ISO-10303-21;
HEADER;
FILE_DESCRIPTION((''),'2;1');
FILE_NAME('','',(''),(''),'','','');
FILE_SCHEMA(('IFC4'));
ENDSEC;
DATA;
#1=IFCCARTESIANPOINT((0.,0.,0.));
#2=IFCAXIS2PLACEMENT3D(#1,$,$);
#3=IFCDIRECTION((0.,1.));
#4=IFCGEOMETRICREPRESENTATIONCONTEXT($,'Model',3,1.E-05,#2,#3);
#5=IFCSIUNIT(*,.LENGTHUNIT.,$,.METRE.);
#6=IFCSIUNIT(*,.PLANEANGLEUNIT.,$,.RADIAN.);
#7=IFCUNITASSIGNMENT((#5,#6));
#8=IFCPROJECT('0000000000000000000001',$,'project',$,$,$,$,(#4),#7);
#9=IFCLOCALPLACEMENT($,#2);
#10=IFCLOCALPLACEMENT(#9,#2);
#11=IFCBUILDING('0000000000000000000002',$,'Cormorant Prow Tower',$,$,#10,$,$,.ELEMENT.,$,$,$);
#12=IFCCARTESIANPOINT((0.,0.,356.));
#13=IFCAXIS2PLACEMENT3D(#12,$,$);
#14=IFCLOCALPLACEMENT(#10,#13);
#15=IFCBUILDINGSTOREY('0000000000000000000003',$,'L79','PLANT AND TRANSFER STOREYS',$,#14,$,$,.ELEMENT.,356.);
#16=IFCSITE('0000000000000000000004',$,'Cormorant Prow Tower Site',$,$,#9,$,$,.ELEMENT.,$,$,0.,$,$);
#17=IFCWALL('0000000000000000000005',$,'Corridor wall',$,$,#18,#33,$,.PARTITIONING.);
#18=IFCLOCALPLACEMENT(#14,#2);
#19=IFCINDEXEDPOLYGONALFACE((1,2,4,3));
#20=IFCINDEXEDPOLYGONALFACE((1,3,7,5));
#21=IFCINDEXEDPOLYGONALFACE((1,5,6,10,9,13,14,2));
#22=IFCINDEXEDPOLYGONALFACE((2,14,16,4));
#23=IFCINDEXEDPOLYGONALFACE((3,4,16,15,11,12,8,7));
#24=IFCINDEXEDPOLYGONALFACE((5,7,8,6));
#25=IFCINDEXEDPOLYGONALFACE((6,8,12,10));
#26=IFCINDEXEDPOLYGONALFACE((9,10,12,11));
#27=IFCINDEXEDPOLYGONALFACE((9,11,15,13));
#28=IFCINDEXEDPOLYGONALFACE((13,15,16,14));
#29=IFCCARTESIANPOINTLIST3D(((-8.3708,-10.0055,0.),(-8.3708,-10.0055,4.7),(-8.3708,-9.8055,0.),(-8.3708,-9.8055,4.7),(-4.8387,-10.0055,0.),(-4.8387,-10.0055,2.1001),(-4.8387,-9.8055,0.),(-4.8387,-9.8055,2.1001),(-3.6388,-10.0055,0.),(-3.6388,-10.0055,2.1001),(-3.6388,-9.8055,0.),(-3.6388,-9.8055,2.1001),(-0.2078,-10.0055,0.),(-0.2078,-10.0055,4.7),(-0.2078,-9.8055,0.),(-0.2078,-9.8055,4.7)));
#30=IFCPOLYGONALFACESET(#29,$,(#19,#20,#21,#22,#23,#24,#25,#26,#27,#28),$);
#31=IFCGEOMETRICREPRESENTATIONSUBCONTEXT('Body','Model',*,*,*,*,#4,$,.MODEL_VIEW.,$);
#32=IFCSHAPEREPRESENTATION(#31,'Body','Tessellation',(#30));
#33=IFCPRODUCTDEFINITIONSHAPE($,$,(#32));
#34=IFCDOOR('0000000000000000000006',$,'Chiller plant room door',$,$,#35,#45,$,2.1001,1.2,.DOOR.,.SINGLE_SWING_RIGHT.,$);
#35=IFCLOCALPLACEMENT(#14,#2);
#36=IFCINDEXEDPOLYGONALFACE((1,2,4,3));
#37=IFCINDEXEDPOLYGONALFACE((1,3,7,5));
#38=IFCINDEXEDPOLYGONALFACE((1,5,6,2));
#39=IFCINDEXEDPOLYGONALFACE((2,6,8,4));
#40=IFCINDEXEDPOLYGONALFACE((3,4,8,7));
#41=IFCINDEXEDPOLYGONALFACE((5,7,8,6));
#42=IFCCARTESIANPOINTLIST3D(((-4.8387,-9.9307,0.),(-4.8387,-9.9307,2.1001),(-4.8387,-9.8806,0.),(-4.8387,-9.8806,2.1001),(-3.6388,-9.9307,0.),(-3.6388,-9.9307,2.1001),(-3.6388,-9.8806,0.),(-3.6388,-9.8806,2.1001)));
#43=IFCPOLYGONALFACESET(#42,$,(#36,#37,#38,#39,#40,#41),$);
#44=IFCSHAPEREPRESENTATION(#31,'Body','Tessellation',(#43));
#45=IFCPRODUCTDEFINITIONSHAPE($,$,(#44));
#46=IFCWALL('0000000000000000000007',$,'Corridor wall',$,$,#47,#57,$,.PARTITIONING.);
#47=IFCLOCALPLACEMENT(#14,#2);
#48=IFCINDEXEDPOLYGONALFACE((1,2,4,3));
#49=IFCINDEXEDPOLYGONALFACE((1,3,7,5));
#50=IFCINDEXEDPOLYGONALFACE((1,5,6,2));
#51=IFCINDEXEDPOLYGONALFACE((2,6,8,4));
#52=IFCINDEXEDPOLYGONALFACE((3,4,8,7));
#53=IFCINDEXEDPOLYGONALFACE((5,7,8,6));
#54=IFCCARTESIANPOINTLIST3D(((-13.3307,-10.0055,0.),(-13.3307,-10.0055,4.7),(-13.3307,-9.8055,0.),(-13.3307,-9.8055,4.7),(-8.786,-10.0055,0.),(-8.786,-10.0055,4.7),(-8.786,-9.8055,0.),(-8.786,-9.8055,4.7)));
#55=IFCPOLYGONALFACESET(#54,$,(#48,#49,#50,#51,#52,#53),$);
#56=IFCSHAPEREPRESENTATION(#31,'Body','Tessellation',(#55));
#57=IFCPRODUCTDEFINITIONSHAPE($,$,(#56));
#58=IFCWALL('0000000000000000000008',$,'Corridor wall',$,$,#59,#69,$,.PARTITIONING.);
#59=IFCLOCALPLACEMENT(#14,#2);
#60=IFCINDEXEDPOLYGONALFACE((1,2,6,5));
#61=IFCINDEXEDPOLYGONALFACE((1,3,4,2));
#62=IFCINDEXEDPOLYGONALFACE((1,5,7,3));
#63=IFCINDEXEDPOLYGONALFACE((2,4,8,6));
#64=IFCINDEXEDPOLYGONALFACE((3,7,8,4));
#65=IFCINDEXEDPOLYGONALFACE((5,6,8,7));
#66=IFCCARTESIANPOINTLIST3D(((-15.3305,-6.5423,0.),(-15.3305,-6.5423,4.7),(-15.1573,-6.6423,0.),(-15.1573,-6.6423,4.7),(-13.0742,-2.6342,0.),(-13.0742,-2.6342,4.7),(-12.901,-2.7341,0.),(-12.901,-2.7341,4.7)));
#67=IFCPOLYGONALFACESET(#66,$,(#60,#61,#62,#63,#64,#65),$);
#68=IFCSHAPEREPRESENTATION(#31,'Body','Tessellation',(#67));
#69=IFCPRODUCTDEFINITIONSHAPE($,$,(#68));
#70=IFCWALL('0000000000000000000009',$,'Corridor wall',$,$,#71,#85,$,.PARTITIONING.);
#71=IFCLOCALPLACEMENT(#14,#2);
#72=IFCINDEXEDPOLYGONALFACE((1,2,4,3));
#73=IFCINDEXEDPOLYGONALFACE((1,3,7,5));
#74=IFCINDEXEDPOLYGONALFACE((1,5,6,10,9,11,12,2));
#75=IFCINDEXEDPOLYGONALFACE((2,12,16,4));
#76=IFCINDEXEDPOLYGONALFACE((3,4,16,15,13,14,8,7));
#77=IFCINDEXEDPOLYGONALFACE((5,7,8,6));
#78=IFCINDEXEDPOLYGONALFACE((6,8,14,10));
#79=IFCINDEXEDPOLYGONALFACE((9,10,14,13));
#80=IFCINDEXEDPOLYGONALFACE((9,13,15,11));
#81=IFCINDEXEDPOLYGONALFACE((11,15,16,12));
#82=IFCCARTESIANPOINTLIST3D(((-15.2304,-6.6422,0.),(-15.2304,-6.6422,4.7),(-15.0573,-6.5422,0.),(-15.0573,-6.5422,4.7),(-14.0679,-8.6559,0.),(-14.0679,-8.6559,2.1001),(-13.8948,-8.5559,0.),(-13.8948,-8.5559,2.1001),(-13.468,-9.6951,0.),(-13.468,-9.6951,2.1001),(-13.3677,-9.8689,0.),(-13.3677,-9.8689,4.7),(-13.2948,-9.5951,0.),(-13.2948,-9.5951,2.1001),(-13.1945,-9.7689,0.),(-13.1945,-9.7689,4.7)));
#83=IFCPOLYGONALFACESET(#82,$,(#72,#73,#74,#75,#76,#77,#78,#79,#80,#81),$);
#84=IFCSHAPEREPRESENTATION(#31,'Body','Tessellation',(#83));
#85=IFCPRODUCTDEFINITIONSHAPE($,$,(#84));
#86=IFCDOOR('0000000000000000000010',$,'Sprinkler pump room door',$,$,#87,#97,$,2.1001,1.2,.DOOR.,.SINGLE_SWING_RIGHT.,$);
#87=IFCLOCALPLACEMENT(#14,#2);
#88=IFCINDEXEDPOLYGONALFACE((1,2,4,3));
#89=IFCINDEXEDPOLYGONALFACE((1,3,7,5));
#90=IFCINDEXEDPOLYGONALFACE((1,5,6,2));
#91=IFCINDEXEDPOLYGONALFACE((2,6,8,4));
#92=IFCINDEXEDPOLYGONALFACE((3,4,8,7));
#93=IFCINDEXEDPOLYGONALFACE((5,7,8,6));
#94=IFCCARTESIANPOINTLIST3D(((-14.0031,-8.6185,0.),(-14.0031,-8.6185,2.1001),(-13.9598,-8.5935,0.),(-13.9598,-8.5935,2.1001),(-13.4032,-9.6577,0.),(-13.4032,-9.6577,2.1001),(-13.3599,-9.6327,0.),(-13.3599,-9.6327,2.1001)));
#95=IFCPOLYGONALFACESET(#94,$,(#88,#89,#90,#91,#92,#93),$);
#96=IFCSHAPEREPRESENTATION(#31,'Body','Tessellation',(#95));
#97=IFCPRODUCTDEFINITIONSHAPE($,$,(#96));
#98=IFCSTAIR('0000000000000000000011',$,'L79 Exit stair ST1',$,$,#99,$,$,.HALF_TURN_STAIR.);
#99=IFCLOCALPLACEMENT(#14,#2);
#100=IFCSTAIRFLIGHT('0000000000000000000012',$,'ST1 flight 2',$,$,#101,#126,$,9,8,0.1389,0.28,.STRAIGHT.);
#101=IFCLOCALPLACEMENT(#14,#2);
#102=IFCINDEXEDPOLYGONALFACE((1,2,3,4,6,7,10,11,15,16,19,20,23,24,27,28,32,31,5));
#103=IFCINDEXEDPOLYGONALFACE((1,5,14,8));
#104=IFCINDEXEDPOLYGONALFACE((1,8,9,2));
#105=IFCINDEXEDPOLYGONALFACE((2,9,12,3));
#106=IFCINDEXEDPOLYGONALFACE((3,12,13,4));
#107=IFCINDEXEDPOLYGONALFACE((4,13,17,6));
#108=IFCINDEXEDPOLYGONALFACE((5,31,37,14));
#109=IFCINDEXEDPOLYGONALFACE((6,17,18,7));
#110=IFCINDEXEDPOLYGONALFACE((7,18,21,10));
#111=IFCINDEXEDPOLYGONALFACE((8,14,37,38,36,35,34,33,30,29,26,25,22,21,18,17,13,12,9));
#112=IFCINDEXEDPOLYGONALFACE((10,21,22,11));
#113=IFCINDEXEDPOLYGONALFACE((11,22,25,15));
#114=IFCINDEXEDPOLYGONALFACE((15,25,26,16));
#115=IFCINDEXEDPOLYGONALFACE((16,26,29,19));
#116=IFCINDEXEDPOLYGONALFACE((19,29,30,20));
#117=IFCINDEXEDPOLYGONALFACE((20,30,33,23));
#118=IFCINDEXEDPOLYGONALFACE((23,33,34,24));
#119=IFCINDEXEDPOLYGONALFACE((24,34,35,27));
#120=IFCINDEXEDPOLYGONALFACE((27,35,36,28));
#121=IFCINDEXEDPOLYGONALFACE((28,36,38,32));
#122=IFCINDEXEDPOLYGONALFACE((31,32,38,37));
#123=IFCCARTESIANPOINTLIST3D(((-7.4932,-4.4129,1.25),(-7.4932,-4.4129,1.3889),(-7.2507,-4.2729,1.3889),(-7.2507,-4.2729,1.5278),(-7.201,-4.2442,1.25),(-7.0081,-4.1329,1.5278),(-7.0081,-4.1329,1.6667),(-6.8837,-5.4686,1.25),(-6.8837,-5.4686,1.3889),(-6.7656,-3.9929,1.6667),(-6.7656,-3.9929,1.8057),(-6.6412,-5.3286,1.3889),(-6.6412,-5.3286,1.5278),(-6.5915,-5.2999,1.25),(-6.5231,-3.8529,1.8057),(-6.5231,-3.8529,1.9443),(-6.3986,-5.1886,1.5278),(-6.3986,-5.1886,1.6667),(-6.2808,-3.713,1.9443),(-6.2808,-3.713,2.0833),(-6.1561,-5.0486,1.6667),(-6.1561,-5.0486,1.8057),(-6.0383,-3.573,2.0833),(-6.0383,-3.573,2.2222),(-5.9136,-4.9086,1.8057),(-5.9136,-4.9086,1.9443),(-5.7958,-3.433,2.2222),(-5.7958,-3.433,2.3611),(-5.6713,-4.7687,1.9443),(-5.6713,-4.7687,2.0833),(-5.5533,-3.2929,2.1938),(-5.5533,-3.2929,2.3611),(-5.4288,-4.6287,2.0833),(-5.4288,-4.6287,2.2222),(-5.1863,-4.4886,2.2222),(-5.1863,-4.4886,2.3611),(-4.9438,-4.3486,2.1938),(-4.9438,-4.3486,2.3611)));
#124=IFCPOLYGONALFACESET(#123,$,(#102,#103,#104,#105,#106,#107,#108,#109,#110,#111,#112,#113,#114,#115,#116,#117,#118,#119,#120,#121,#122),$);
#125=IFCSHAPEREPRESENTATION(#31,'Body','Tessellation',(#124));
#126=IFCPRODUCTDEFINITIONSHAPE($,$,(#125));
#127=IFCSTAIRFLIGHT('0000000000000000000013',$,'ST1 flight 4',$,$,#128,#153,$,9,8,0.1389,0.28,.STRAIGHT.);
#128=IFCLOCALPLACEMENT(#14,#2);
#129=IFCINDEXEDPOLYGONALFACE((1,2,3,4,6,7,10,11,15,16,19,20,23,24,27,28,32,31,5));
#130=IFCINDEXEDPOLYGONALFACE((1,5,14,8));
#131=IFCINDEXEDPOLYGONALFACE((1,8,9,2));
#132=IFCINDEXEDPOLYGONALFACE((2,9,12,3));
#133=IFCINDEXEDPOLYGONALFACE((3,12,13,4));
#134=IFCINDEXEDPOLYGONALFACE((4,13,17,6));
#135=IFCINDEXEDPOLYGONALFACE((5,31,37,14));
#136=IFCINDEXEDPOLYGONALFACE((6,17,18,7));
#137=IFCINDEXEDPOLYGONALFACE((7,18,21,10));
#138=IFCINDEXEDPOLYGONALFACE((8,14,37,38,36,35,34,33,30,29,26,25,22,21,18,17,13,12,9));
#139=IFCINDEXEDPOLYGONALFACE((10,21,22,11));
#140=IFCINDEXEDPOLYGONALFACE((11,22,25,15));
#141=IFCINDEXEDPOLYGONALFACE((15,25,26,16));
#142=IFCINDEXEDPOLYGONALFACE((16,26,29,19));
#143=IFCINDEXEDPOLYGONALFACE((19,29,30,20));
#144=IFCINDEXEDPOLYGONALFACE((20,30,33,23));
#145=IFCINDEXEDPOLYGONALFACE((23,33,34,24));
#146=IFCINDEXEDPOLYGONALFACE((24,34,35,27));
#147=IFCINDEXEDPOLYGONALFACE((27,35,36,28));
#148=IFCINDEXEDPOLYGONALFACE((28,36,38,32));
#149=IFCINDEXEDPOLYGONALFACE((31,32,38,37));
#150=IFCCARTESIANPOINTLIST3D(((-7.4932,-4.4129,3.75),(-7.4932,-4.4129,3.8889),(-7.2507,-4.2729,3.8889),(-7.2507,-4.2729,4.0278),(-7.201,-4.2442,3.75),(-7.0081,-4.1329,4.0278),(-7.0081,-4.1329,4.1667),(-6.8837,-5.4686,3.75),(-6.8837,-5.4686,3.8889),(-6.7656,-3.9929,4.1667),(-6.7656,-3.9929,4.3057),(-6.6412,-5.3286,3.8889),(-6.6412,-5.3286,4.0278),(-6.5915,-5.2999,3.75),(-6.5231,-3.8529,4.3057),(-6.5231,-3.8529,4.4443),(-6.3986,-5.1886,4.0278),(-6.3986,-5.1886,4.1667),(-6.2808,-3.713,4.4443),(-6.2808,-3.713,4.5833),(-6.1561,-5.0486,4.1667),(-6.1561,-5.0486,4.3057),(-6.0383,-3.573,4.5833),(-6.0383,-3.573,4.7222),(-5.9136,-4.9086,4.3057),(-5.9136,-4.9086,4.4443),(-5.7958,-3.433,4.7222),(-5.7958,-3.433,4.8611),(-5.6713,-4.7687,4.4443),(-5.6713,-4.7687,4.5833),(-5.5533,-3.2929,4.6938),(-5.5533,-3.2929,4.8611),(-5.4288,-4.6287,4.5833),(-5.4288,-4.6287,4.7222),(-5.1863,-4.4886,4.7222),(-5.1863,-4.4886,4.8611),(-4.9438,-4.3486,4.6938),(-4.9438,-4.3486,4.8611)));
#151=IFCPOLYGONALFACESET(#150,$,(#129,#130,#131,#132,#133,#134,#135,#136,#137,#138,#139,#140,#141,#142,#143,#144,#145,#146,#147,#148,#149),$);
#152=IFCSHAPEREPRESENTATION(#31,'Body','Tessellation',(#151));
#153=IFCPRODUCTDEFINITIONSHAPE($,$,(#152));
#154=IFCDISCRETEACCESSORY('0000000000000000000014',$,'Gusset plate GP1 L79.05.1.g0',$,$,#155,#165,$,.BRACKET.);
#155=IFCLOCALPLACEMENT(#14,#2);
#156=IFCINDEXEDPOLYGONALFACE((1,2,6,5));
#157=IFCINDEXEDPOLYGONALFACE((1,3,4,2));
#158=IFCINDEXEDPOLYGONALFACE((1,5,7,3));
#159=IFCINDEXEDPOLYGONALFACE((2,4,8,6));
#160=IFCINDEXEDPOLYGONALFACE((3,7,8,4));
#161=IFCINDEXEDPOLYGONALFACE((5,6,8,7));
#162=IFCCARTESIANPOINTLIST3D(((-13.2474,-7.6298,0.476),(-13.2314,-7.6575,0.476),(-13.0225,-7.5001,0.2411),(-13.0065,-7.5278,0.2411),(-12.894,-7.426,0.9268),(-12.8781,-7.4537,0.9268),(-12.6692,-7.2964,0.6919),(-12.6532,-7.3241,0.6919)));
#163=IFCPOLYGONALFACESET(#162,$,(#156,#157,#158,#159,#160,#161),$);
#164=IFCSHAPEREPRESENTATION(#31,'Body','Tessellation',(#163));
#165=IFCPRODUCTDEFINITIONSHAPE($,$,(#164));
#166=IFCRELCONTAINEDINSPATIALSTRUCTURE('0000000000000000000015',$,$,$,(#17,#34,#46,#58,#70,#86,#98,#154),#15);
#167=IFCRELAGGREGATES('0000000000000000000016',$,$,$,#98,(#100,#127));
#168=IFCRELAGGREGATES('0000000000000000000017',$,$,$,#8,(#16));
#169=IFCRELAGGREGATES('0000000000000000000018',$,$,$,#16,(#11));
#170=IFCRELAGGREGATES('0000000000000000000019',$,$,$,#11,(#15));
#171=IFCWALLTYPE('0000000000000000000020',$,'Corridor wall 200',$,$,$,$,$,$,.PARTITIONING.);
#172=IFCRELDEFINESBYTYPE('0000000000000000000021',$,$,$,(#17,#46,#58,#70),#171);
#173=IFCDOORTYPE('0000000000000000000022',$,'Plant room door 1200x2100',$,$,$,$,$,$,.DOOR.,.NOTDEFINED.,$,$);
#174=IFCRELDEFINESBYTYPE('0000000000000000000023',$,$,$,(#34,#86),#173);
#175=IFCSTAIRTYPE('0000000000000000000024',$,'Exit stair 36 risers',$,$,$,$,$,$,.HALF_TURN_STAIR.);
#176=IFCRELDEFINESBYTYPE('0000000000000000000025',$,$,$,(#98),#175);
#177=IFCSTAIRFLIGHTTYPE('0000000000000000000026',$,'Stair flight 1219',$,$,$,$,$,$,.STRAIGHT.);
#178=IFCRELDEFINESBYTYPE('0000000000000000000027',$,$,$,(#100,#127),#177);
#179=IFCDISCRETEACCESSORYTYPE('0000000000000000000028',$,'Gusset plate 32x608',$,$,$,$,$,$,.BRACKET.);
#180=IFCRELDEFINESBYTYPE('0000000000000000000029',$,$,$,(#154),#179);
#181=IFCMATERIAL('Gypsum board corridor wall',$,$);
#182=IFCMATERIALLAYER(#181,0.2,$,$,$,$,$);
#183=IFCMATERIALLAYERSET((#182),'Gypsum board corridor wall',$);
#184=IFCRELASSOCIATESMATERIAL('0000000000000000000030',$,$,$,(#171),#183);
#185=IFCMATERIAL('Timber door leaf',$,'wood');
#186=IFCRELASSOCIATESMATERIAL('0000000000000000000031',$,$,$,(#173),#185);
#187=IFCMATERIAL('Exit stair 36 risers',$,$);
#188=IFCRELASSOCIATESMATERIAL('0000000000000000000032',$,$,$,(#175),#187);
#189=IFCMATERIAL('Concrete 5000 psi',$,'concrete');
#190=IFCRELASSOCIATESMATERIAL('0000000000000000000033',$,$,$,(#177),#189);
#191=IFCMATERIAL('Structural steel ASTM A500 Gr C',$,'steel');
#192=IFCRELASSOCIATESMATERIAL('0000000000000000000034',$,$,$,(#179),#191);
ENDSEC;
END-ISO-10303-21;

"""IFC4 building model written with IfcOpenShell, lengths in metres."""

from ifc_helpers import new_model, si_unit, direction, frame, frame_2d, origin, origin_2d, place, context, subcontext, project, spatial, polyline, rectangle, outline, extrude, material, layer, layer_set, material_profile, profile_set, type_object, element, fill, aggregate, save


model = new_model("IFC4")

# Units and contexts
model_context = context("Model", 3, precision=1e-05, world=origin(), true_north=direction((0.0, 1.0)))
body_context = subcontext(model_context, "Body", "Model", "MODEL_VIEW")
ifc_project = project(units=[si_unit("LENGTHUNIT", "METRE"), si_unit("PLANEANGLEUNIT", "RADIAN")], contexts=[model_context])

# Site, building, storey
site_placement = place(None, origin())
site = spatial("IfcSite", under=ifc_project, at=site_placement, Name="Cormorant Prow Tower Site", CompositionType="ELEMENT", RefElevation=0.0)
building_placement = place(site_placement, origin())
building = spatial("IfcBuilding", under=site, at=building_placement, Name="Cormorant Prow Tower", CompositionType="ELEMENT")
storey_placement = place(building_placement, frame((0.0, 0.0, 356.0)))
storey = spatial("IfcBuildingStorey", under=building, at=storey_placement, Name="L79", Description="PLANT AND TRANSFER STOREYS", CompositionType="ELEMENT", Elevation=356.0)

# Wall, opening, door
ifc_material_1 = material(Name="Gypsum board corridor wall")
ifc_layer_1 = layer(ifc_material_1, 0.2)
ifc_layer_set_1 = layer_set([ifc_layer_1], Name="Gypsum board corridor wall")
wall_type_1 = type_object("IfcWallType", Name="Corridor wall 200", PredefinedType="PARTITIONING", material=ifc_layer_set_1)
wall_1_placement = place(storey_placement, frame((-8.3708, -9.9055, 0.0), z_axis=(0.0, 0.0, 1.0), x_axis=(1.0, 0.0, 0.0)))
wall_1 = element("IfcWall", 1, at=wall_1_placement, inside=storey, type_object=wall_type_1, Name="Corridor wall", PredefinedType="PARTITIONING", context=body_context, shape_type="SweptSolid", body=[
    extrude(rectangle(XDim=8.1631, YDim=0.2, at=frame_2d((4.0815, 0.0))), origin(), (0.0, 0.0, 1.0), 4.7),
])
opening_1_placement = place(wall_1_placement, frame((3.532, 0.0, 0.0)))
opening_1 = element("IfcOpeningElement", 2, at=opening_1_placement, cuts=wall_1, PredefinedType="OPENING", context=body_context, shape_type="SweptSolid", body=[
    extrude(rectangle(XDim=1.2, YDim=2.1001, at=frame_2d((0.6001, 1.05))), frame((0.0, 0.1099, 0.0), z_axis=(0.0, -1.0, 0.0), x_axis=(1.0, 0.0, 0.0)), (0.0, 0.0, 1.0), 0.22),
])
ifc_material_2 = material(Name="Timber door leaf", Category="wood")
door_type_1 = type_object("IfcDoorType", Name="Plant room door 1200x2100", OperationType="NOTDEFINED", PredefinedType="DOOR", material=ifc_material_2)
door_1_placement = place(opening_1_placement, origin())
door_1 = element("IfcDoor", 3, at=door_1_placement, inside=storey, type_object=door_type_1, Name="Chiller plant room door", OperationType="SINGLE_SWING_RIGHT", OverallHeight=2.1001, OverallWidth=1.2, PredefinedType="DOOR", context=body_context, shape_type="SweptSolid", body=[
    extrude(rectangle(XDim=1.2, YDim=2.1001, at=frame_2d((0.6001, 1.05))), frame((0.0, 0.0249, 0.0), z_axis=(0.0, -1.0, 0.0), x_axis=(1.0, 0.0, 0.0)), (0.0, 0.0, 1.0), 0.05),
])
fill(opening_1, door_1)

# Walls
wall_2_placement = place(storey_placement, frame((-13.3308, -9.9055, 0.0), z_axis=(0.0, 0.0, 1.0), x_axis=(1.0, 0.0, 0.0)))
element("IfcWall", 4, at=wall_2_placement, inside=storey, type_object=wall_type_1, Name="Corridor wall", PredefinedType="PARTITIONING", context=body_context, shape_type="SweptSolid", body=[
    extrude(rectangle(XDim=4.5447, YDim=0.2, at=frame_2d((2.2725, 0.0))), origin(), (0.0, 0.0, 1.0), 4.7),
])
wall_3_placement = place(storey_placement, frame((-15.2439, -6.5923, 0.0), z_axis=(0.0, 0.0, 1.0), x_axis=(0.499991, 0.866031, 0.0)))
element("IfcWall", 5, at=wall_3_placement, inside=storey, type_object=wall_type_1, Name="Corridor wall", PredefinedType="PARTITIONING", context=body_context, shape_type="SweptSolid", body=[
    extrude(rectangle(XDim=4.5127, YDim=0.2, at=frame_2d((2.2563, 0.0))), origin(), (0.0, 0.0, 1.0), 4.7),
])

# Wall, opening, door
wall_4_placement = place(storey_placement, frame((-15.1438, -6.5923, 0.0), z_axis=(0.0, 0.0, 1.0), x_axis=(0.499959, -0.866049, 0.0)))
wall_4 = element("IfcWall", 6, at=wall_4_placement, inside=storey, type_object=wall_type_1, Name="Corridor wall", PredefinedType="PARTITIONING", context=body_context, shape_type="SweptSolid", body=[
    extrude(rectangle(XDim=3.7258, YDim=0.2, at=frame_2d((1.8628, 0.0))), origin(), (0.0, 0.0, 1.0), 4.7),
])
opening_2_placement = place(wall_4_placement, frame((2.325, 0.0, 0.0)))
opening_2 = element("IfcOpeningElement", 7, at=opening_2_placement, cuts=wall_4, PredefinedType="OPENING", context=body_context, shape_type="SweptSolid", body=[
    extrude(rectangle(XDim=1.2, YDim=2.1001, at=frame_2d((0.6001, 1.05))), frame((0.0, 0.1099, 0.0), z_axis=(0.0, -1.0, 0.0), x_axis=(1.0, 0.0, 0.0)), (0.0, 0.0, 1.0), 0.22),
])
door_2_placement = place(opening_2_placement, origin())
door_2 = element("IfcDoor", 8, at=door_2_placement, inside=storey, type_object=door_type_1, Name="Sprinkler pump room door", OperationType="SINGLE_SWING_RIGHT", OverallHeight=2.1001, OverallWidth=1.2, PredefinedType="DOOR", context=body_context, shape_type="SweptSolid", body=[
    extrude(rectangle(XDim=1.2, YDim=2.1001, at=frame_2d((0.6001, 1.05))), frame((0.0, 0.0249, 0.0), z_axis=(0.0, -1.0, 0.0), x_axis=(1.0, 0.0, 0.0)), (0.0, 0.0, 1.0), 0.05),
])
fill(opening_2, door_2)

# Stair, stair flights
ifc_material_3 = material(Name="Exit stair 36 risers")
stair_type = type_object("IfcStairType", Name="Exit stair 36 risers", PredefinedType="HALF_TURN_STAIR", material=ifc_material_3)
stair_placement = place(storey_placement, origin())
stair = element("IfcStair", 9, at=stair_placement, inside=storey, type_object=stair_type, Name="L79 Exit stair ST1", PredefinedType="HALF_TURN_STAIR")
ifc_material_4 = material(Name="Concrete 5000 psi", Category="concrete")
stair_flight_type = type_object("IfcStairFlightType", Name="Stair flight 1219", PredefinedType="STRAIGHT", material=ifc_material_4)
stair_flight_1_placement = place(storey_placement, frame((-7.1885, -4.9407, 1.25), z_axis=(0.0, 0.0, 1.0), x_axis=(0.866025, 0.5, 0.0)))
stair_flight_1 = element("IfcStairFlight", 10, at=stair_flight_1_placement, type_object=stair_flight_type, Name="ST1 flight 2", NumberOfRisers=9, NumberOfTreads=8, PredefinedType="STRAIGHT", RiserHeight=0.1389, TreadLength=0.28, context=body_context, shape_type="SweptSolid", body=[
    extrude(outline(polyline([(0.0, 0.0), (0.0, 0.1389), (0.28, 0.1389), (0.28, 0.2778), (0.5601, 0.2778), (0.5601, 0.4167), (0.8401, 0.4167), (0.8401, 0.5557), (1.1201, 0.5557), (1.1201, 0.6943), (1.3999, 0.6943), (1.3999, 0.8333), (1.6799, 0.8333), (1.6799, 0.9722), (1.96, 0.9722), (1.96, 1.1111), (2.24, 1.1111), (2.24, 1.25), (2.24, 0.9438), (0.3374, 0.0), (0.0, 0.0)])), frame((0.0, 0.6094, 0.0), z_axis=(0.0, -1.0, 0.0), x_axis=(1.0, 0.0, 0.0)), (0.0, 0.0, 1.0), 1.219),
])
stair_flight_2_placement = place(storey_placement, frame((-7.1885, -4.9407, 3.75), z_axis=(0.0, 0.0, 1.0), x_axis=(0.866025, 0.5, 0.0)))
stair_flight_2 = element("IfcStairFlight", 11, at=stair_flight_2_placement, type_object=stair_flight_type, Name="ST1 flight 4", NumberOfRisers=9, NumberOfTreads=8, PredefinedType="STRAIGHT", RiserHeight=0.1389, TreadLength=0.28, context=body_context, shape_type="SweptSolid", body=[
    extrude(outline(polyline([(0.0, 0.0), (0.0, 0.1389), (0.28, 0.1389), (0.28, 0.2778), (0.5601, 0.2778), (0.5601, 0.4167), (0.8401, 0.4167), (0.8401, 0.5557), (1.1201, 0.5557), (1.1201, 0.6943), (1.3999, 0.6943), (1.3999, 0.8333), (1.6799, 0.8333), (1.6799, 0.9722), (1.96, 0.9722), (1.96, 1.1111), (2.24, 1.1111), (2.24, 1.25), (2.24, 0.9438), (0.3374, 0.0), (0.0, 0.0)])), frame((0.0, 0.6094, 0.0), z_axis=(0.0, -1.0, 0.0), x_axis=(1.0, 0.0, 0.0)), (0.0, 0.0, 1.0), 1.219),
])
aggregate(stair, [stair_flight_1, stair_flight_2])

# Discrete accessory
ifc_material_5 = material(Name="Structural steel ASTM A500 Gr C", Category="steel")
ifc_material_profile_1 = material_profile(ifc_material_5, rectangle(XDim=0.032, YDim=0.6079, at=origin_2d()), Name="Gusset plate 32x608")
ifc_profile_set_1 = profile_set([ifc_material_profile_1], Name="Structural steel ASTM A500 Gr C")
discrete_accessory_type = type_object("IfcDiscreteAccessoryType", Name="Gusset plate 32x608", PredefinedType="BRACKET", material=ifc_profile_set_1)
discrete_accessory_placement = place(storey_placement, frame((-13.0627, -7.5417, 0.7014), z_axis=(0.64237, 0.370357, -0.670967), x_axis=(-0.499478, 0.866326, 0.0)))
element("IfcDiscreteAccessory", 12, at=discrete_accessory_placement, inside=storey, type_object=discrete_accessory_type, Name="Gusset plate GP1 L79.05.1.g0", PredefinedType="BRACKET", context=body_context, shape_type="SweptSolid", body=[
    extrude(rectangle(XDim=0.032, YDim=0.6079, at=origin_2d()), origin(), (0.0, 0.0, 1.0), 0.3501),
])

save(model, "model.ifc")
